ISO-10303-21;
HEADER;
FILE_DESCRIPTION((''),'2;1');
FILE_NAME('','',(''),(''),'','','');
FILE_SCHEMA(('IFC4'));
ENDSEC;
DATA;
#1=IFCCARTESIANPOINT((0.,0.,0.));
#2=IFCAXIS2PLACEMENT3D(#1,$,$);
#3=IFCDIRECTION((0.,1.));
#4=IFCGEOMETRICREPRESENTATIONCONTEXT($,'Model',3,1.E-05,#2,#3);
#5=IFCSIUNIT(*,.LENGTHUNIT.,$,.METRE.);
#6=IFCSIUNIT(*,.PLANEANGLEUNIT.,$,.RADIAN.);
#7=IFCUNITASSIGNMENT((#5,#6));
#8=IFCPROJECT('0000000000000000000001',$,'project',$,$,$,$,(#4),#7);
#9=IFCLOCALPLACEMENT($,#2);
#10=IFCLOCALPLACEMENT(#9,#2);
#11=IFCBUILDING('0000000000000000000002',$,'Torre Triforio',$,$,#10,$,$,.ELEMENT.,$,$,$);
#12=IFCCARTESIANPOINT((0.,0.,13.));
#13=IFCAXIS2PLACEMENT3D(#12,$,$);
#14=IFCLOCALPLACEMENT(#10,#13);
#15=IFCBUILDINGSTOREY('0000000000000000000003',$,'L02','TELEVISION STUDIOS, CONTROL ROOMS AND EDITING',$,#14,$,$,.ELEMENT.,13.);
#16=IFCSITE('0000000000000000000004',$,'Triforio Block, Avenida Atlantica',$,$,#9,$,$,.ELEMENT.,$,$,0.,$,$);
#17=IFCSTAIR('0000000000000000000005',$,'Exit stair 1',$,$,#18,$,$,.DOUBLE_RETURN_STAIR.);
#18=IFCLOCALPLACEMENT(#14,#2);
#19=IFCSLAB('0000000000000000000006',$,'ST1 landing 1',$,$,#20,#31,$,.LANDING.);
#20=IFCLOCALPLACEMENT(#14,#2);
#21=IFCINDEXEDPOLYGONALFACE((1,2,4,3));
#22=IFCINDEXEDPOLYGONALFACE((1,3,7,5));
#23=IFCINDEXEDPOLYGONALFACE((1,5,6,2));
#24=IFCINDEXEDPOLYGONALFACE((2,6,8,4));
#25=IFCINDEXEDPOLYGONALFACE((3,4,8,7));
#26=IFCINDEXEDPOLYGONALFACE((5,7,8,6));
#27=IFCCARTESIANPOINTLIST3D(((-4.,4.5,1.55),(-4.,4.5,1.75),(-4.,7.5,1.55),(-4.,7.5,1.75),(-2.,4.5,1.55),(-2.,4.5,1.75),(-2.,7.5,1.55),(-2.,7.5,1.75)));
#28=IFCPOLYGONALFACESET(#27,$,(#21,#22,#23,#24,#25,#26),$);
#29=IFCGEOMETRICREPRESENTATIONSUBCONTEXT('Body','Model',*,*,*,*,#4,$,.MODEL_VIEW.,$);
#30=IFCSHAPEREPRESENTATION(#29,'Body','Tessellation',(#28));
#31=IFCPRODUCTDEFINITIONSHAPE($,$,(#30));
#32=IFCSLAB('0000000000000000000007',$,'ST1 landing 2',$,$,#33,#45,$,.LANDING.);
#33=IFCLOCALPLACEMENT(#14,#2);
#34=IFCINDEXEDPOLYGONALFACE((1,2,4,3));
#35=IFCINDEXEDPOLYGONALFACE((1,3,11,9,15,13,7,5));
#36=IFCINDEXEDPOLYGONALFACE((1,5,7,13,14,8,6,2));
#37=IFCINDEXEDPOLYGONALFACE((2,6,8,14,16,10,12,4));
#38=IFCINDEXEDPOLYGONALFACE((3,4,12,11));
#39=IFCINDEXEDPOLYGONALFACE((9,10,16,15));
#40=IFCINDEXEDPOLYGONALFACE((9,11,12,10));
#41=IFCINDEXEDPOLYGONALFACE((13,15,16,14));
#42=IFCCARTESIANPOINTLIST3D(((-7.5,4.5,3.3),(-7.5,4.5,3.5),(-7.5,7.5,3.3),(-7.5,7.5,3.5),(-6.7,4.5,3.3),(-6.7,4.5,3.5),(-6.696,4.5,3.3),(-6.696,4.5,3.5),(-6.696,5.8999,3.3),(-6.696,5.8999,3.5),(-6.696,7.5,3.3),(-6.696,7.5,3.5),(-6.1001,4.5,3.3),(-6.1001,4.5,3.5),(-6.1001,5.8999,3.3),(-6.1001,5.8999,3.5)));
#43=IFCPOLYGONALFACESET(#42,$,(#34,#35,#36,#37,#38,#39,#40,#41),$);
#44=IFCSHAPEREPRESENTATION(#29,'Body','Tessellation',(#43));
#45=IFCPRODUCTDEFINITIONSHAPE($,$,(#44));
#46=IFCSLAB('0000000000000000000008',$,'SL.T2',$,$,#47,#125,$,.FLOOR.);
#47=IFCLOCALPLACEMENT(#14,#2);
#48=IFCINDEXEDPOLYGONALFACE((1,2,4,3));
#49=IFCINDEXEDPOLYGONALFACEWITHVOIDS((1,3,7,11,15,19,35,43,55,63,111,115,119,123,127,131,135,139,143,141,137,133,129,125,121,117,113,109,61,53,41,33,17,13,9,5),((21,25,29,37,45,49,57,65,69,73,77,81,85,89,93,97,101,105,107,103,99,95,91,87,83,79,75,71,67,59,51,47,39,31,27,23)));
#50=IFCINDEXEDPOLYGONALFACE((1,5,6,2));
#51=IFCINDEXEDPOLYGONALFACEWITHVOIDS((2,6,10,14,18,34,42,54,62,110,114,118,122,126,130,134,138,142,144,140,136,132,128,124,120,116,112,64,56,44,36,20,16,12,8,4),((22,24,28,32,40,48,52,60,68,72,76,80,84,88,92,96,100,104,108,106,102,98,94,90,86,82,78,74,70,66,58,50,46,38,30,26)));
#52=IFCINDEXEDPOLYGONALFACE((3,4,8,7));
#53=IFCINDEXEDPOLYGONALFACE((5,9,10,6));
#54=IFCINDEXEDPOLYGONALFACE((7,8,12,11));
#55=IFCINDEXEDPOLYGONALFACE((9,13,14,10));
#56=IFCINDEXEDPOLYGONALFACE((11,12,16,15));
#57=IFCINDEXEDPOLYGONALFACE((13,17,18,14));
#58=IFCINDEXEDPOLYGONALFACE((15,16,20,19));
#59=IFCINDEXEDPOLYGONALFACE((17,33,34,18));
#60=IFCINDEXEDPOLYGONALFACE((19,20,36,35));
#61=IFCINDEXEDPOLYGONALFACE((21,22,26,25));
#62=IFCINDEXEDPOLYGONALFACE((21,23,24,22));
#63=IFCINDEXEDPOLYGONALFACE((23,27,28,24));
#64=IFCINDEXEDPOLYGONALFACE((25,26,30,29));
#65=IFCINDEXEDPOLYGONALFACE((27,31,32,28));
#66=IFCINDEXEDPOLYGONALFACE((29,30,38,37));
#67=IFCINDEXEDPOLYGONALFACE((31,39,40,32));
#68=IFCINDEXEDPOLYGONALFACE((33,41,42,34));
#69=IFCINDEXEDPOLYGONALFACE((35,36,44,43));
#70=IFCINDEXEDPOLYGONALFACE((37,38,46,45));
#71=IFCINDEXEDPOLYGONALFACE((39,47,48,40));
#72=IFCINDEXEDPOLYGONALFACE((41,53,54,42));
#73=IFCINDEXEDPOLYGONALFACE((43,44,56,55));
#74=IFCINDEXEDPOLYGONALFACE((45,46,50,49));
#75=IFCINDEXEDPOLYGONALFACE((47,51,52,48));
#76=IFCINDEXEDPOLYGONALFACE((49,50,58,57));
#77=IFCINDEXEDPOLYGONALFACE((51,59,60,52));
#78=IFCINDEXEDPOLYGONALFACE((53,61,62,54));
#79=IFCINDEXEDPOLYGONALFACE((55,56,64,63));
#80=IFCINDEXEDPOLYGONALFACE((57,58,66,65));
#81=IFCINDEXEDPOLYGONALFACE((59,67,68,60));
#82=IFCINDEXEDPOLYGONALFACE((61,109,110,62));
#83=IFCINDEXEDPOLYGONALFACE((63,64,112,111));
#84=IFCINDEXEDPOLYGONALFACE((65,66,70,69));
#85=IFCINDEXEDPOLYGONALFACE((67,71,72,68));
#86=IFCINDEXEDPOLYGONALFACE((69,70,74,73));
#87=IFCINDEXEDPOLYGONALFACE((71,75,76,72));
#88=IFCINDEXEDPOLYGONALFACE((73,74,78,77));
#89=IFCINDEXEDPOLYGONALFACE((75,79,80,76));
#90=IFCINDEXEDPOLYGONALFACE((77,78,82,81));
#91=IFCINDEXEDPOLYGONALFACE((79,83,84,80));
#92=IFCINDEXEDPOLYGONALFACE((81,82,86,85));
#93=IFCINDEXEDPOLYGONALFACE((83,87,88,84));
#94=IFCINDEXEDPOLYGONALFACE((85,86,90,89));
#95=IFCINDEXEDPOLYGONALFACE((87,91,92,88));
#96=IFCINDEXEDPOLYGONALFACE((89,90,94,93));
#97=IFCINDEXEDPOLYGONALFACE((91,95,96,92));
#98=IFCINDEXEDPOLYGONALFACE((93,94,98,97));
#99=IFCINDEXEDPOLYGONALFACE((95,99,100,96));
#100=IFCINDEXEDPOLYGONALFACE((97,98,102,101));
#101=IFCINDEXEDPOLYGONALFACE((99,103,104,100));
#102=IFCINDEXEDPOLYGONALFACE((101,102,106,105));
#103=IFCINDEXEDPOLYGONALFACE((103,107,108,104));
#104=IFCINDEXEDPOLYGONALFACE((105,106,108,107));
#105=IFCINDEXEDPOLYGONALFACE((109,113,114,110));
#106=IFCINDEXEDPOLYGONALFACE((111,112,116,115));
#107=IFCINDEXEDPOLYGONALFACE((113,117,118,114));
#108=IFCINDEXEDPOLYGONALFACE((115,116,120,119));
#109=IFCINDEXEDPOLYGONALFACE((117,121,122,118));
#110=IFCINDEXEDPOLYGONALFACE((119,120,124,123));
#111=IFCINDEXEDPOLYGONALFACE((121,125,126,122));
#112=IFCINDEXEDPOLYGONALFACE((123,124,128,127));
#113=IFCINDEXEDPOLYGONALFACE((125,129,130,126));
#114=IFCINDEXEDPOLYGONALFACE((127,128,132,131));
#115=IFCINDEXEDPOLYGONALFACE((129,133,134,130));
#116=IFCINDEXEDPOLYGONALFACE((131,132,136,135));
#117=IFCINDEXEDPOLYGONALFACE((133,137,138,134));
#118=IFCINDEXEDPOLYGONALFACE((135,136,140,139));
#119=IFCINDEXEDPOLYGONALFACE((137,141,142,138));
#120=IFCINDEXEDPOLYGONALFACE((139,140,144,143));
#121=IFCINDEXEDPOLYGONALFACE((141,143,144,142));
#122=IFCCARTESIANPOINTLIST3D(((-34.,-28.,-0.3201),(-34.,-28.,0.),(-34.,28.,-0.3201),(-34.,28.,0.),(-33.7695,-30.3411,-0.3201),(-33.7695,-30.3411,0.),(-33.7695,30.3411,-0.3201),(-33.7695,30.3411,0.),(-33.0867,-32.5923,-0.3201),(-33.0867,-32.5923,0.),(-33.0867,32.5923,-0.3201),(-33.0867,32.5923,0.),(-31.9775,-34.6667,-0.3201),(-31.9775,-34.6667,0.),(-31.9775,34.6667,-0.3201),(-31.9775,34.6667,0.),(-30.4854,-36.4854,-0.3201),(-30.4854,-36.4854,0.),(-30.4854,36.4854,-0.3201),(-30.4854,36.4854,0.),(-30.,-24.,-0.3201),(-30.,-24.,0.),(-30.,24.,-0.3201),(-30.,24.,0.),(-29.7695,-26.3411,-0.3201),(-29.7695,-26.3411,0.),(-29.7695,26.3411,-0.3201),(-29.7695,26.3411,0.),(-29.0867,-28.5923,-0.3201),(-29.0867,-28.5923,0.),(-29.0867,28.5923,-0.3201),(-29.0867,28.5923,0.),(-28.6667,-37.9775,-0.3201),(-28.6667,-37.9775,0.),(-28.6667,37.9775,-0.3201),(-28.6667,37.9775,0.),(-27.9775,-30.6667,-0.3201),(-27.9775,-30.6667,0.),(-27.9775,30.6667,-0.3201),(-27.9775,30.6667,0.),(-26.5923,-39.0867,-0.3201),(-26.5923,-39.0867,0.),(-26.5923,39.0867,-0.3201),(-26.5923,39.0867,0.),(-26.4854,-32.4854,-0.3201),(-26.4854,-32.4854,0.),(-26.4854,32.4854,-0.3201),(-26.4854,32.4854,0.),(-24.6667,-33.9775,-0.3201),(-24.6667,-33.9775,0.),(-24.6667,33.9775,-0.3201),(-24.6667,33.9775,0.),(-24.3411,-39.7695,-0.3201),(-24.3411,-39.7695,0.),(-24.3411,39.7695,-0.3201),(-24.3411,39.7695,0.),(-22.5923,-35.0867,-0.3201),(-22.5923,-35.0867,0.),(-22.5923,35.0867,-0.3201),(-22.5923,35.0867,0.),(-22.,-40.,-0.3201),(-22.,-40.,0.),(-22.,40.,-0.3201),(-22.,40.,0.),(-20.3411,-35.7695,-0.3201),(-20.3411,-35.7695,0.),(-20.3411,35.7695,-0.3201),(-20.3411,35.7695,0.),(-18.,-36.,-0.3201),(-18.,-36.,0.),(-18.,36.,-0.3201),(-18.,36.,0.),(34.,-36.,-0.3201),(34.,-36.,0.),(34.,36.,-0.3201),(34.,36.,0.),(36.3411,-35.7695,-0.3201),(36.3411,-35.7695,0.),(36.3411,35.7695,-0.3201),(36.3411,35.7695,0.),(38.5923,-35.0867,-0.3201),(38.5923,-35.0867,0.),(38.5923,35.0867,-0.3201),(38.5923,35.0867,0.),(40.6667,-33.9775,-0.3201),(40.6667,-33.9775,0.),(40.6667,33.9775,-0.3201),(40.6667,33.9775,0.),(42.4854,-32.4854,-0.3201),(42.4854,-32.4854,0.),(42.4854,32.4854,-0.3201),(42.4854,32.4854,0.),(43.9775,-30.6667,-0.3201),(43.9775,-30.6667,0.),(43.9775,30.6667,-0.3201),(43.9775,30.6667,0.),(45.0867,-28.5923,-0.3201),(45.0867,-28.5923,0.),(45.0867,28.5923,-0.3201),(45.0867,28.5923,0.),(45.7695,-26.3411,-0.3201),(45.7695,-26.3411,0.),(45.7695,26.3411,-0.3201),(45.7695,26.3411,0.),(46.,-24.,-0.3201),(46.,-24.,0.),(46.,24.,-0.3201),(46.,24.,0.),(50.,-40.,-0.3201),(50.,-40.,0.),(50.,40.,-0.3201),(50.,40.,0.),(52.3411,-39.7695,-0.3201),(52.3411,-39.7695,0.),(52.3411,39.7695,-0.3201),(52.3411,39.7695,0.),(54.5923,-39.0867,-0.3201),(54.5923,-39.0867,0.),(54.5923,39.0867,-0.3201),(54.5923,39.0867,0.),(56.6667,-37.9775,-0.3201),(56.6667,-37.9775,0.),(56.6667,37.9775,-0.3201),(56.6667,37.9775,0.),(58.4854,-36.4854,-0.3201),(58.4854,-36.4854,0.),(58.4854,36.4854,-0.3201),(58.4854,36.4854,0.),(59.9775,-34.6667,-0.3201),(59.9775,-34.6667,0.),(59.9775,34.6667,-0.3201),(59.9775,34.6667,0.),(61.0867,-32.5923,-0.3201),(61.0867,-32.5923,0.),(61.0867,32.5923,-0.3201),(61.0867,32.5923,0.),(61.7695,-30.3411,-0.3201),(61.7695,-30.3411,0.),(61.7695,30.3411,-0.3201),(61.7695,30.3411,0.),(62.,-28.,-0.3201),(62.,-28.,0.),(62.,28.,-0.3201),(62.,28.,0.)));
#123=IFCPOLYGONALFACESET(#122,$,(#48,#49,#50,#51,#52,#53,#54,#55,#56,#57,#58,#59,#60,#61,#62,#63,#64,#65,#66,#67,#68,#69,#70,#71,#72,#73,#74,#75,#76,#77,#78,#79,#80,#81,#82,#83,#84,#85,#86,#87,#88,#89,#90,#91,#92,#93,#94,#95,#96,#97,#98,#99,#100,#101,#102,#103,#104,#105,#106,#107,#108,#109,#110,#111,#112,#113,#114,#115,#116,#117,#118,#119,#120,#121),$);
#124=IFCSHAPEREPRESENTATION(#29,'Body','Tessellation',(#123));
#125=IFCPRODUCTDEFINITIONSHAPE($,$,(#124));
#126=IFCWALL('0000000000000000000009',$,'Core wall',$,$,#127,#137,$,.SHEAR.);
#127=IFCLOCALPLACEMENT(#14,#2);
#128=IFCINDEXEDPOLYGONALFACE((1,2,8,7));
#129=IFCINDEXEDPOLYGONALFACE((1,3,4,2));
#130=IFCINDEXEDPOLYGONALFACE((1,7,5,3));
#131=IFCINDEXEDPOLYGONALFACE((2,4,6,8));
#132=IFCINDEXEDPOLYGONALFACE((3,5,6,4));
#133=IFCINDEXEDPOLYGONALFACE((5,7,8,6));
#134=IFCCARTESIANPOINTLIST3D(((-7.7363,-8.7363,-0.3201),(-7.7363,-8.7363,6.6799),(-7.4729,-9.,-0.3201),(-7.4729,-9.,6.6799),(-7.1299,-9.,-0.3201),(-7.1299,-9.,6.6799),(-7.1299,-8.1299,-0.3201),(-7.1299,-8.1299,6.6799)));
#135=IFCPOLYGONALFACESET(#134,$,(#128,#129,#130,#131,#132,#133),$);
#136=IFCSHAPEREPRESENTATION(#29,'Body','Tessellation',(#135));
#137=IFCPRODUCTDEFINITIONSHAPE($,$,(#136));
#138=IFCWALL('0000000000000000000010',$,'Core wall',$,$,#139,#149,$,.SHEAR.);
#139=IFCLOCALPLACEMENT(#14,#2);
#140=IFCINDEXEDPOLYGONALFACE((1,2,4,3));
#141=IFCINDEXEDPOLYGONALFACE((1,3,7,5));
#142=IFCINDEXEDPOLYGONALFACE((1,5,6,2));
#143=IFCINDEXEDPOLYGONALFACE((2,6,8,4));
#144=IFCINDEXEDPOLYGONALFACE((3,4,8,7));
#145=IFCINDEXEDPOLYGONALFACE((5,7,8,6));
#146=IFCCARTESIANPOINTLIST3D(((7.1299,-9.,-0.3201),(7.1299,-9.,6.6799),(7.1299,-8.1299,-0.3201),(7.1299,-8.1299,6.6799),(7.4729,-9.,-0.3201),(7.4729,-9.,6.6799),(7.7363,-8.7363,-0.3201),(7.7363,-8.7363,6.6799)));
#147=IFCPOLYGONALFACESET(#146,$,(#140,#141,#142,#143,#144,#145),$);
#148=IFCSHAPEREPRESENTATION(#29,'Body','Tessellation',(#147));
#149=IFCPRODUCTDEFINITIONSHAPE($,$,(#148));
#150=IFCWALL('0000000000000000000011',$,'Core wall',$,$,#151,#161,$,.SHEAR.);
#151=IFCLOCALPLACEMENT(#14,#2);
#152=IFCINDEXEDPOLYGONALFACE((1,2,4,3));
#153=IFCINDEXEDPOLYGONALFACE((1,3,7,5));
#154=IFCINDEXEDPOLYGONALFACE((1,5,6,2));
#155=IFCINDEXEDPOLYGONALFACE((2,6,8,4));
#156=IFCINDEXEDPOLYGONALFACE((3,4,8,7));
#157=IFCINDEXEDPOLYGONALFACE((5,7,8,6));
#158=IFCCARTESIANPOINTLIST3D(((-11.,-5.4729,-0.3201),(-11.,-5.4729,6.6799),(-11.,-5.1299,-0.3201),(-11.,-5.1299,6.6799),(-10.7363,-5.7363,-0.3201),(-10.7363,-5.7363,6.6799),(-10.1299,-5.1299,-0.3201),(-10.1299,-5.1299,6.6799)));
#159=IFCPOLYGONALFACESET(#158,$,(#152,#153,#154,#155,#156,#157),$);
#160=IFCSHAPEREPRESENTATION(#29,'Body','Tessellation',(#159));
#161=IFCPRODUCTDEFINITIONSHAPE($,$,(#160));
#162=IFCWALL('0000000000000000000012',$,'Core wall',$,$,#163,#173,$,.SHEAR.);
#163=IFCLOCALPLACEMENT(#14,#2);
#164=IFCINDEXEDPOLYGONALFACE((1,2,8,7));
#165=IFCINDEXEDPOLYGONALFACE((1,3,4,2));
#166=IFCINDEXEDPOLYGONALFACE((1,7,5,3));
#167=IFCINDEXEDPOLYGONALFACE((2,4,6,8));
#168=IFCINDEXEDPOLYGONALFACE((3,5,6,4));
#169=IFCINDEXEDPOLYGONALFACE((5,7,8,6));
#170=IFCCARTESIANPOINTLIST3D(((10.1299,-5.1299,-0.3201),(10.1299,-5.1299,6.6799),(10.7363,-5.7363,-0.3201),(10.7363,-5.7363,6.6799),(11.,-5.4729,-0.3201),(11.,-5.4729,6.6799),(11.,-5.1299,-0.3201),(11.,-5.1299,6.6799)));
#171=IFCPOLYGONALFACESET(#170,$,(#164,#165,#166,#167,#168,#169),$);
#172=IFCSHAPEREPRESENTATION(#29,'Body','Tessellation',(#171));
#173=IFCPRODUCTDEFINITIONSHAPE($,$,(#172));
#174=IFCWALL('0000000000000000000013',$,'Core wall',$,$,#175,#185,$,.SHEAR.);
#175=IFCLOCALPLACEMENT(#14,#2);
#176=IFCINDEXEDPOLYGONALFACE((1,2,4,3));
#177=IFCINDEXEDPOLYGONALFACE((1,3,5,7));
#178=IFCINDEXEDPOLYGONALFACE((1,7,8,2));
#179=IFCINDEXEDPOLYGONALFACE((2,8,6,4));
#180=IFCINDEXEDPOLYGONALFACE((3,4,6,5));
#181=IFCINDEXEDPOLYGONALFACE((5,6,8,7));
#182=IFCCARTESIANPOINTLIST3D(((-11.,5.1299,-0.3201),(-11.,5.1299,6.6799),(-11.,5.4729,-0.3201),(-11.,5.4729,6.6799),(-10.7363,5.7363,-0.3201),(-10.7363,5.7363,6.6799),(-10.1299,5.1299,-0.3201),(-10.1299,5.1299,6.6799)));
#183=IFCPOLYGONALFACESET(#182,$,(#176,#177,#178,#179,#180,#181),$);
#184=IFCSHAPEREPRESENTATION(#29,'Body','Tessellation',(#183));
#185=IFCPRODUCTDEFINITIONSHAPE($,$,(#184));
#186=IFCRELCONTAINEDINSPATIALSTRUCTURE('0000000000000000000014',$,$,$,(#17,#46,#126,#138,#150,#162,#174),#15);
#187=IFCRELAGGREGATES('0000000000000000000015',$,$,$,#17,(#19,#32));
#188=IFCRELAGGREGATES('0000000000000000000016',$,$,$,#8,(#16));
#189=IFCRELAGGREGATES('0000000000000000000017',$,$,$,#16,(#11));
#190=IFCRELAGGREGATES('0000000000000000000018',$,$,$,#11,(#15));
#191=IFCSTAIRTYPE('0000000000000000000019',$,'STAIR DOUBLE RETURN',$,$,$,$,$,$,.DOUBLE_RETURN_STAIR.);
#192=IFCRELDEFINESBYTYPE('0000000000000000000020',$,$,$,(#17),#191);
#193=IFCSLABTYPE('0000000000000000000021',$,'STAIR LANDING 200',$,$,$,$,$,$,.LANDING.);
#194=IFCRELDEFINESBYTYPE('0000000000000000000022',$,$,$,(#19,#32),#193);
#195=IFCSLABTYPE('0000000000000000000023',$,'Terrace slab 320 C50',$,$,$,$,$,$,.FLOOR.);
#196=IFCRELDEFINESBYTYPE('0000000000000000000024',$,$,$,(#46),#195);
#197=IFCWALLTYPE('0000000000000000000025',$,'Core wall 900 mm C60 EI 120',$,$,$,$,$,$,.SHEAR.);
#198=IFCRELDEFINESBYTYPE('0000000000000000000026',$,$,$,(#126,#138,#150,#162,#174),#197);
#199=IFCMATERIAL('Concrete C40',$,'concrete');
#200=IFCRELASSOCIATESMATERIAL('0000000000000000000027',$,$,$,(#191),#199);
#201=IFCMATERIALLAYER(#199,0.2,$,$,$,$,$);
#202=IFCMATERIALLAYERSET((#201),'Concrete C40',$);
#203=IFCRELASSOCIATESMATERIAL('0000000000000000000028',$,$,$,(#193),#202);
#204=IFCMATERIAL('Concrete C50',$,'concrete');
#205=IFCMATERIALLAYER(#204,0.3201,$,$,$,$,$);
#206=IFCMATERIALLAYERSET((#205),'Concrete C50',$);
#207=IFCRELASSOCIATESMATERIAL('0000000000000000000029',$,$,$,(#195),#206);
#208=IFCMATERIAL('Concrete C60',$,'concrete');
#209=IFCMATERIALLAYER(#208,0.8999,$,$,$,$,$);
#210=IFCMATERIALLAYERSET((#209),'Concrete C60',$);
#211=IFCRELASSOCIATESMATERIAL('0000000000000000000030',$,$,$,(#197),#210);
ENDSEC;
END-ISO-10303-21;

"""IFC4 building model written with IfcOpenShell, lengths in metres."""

from ifc_helpers import new_model, si_unit, direction, frame, origin, place, context, subcontext, project, spatial, polyline, outline, extrude, material, layer, layer_set, type_object, element, aggregate, save


model = new_model("IFC4")

# Units and contexts
model_context = context("Model", 3, precision=1e-05, world=origin(), true_north=direction((0.0, 1.0)))
body_context = subcontext(model_context, "Body", "Model", "MODEL_VIEW")
ifc_project = project(units=[si_unit("LENGTHUNIT", "METRE"), si_unit("PLANEANGLEUNIT", "RADIAN")], contexts=[model_context])

# Site, building, storey
site_placement = place(None, origin())
site = spatial("IfcSite", under=ifc_project, at=site_placement, Name="Triforio Block, Avenida Atlantica", CompositionType="ELEMENT", RefElevation=0.0)
building_placement = place(site_placement, origin())
building = spatial("IfcBuilding", under=site, at=building_placement, Name="Torre Triforio", CompositionType="ELEMENT")
storey_placement = place(building_placement, frame((0.0, 0.0, 13.0)))
storey = spatial("IfcBuildingStorey", under=building, at=storey_placement, Name="L02", Description="TELEVISION STUDIOS, CONTROL ROOMS AND EDITING", CompositionType="ELEMENT", Elevation=13.0)

# Shared definitions
ifc_material_1 = material(Name="Concrete C60", Category="concrete")
ifc_material_2 = material(Name="Concrete C50", Category="concrete")

# Stair, slabs
ifc_material_3 = material(Name="Concrete C40", Category="concrete")
stair_type = type_object("IfcStairType", Name="STAIR DOUBLE RETURN", PredefinedType="DOUBLE_RETURN_STAIR", material=ifc_material_3)
stair_placement = place(storey_placement, origin())
stair = element("IfcStair", 1, at=stair_placement, inside=storey, type_object=stair_type, Name="Exit stair 1", PredefinedType="DOUBLE_RETURN_STAIR")
ifc_layer_1 = layer(ifc_material_3, 0.2)
ifc_layer_set_1 = layer_set([ifc_layer_1], Name="Concrete C40")
slab_type_1 = type_object("IfcSlabType", Name="STAIR LANDING 200", PredefinedType="LANDING", material=ifc_layer_set_1)
slab_1_placement = place(storey_placement, frame((0.0, 0.0, 1.55)))
slab_1 = element("IfcSlab", 2, at=slab_1_placement, type_object=slab_type_1, Name="ST1 landing 1", PredefinedType="LANDING", context=body_context, shape_type="SweptSolid", body=[
    extrude(outline(polyline([(-2.0, 4.5), (-2.0, 7.5), (-4.0, 7.5), (-4.0, 4.5), (-2.0, 4.5)])), origin(), (0.0, 0.0, 1.0), 0.2),
])
slab_2_placement = place(storey_placement, frame((0.0, 0.0, 3.3)))
slab_2 = element("IfcSlab", 3, at=slab_2_placement, type_object=slab_type_1, Name="ST1 landing 2", PredefinedType="LANDING", context=body_context, shape_type="SweptSolid", body=[
    extrude(outline(polyline([(-6.1001, 5.8999), (-6.1001, 4.5), (-6.696, 4.5), (-6.7, 4.5), (-7.5, 4.5), (-7.5, 7.5), (-6.696, 7.5), (-6.696, 5.8999), (-6.1001, 5.8999)])), origin(), (0.0, 0.0, 1.0), 0.2),
])
aggregate(stair, [slab_1, slab_2])

# Slab
ifc_layer_2 = layer(ifc_material_2, 0.3201)
ifc_layer_set_2 = layer_set([ifc_layer_2], Name="Concrete C50")
slab_type_2 = type_object("IfcSlabType", Name="Terrace slab 320 C50", PredefinedType="FLOOR", material=ifc_layer_set_2)
slab_3_placement = place(storey_placement, frame((0.0, 0.0, -0.3201)))
element("IfcSlab", 4, at=slab_3_placement, inside=storey, type_object=slab_type_2, Name="SL.T2", PredefinedType="FLOOR", context=body_context, shape_type="SweptSolid", body=[
    extrude(outline(polyline([(-24.3411, -39.7695), (-22.0, -40.0), (50.0, -40.0), (52.3411, -39.7695), (54.5923, -39.0867), (56.6667, -37.9775), (58.4854, -36.4854), (59.9775, -34.6667), (61.0867, -32.5923), (61.7695, -30.3411), (62.0, -28.0), (62.0, 28.0), (61.7695, 30.3411), (61.0867, 32.5923), (59.9775, 34.6667), (58.4854, 36.4854), (56.6667, 37.9775), (54.5923, 39.0867), (52.3411, 39.7695), (50.0, 40.0), (-22.0, 40.0), (-24.3411, 39.7695), (-26.5923, 39.0867), (-28.6667, 37.9775), (-30.4854, 36.4854), (-31.9775, 34.6667), (-33.0867, 32.5923), (-33.7695, 30.3411), (-34.0, 28.0), (-34.0, -28.0), (-33.7695, -30.3411), (-33.0867, -32.5923), (-31.9775, -34.6667), (-30.4854, -36.4854), (-28.6667, -37.9775), (-26.5923, -39.0867), (-24.3411, -39.7695)]), holes=[polyline([(38.5923, -35.0867), (36.3411, -35.7695), (34.0, -36.0), (-18.0, -36.0), (-20.3411, -35.7695), (-22.5923, -35.0867), (-24.6667, -33.9775), (-26.4854, -32.4854), (-27.9775, -30.6667), (-29.0867, -28.5923), (-29.7695, -26.3411), (-30.0, -24.0), (-30.0, 24.0), (-29.7695, 26.3411), (-29.0867, 28.5923), (-27.9775, 30.6667), (-26.4854, 32.4854), (-24.6667, 33.9775), (-22.5923, 35.0867), (-20.3411, 35.7695), (-18.0, 36.0), (34.0, 36.0), (36.3411, 35.7695), (38.5923, 35.0867), (40.6667, 33.9775), (42.4854, 32.4854), (43.9775, 30.6667), (45.0867, 28.5923), (45.7695, 26.3411), (46.0, 24.0), (46.0, -24.0), (45.7695, -26.3411), (45.0867, -28.5923), (43.9775, -30.6667), (42.4854, -32.4854), (40.6667, -33.9775), (38.5923, -35.0867)])]), origin(), (0.0, 0.0, 1.0), 0.3201),
])

# Walls
ifc_layer_3 = layer(ifc_material_1, 0.8999)
ifc_layer_set_3 = layer_set([ifc_layer_3], Name="Concrete C60")
wall_type_1 = type_object("IfcWallType", Name="Core wall 900 mm C60 EI 120", PredefinedType="SHEAR", material=ifc_layer_set_3)
wall_1_placement = place(storey_placement, frame((0.0, 0.0, -0.3201)))
element("IfcWall", 5, at=wall_1_placement, inside=storey, type_object=wall_type_1, Name="Core wall", PredefinedType="SHEAR", context=body_context, shape_type="SweptSolid", body=[
    extrude(outline(polyline([(-7.4729, -9.0), (-7.7363, -8.7363), (-7.1299, -8.1299), (-7.1299, -9.0), (-7.4729, -9.0)])), origin(), (0.0, 0.0, 1.0), 7.0),
])
wall_2_placement = place(storey_placement, frame((0.0, 0.0, -0.3201)))
element("IfcWall", 6, at=wall_2_placement, inside=storey, type_object=wall_type_1, Name="Core wall", PredefinedType="SHEAR", context=body_context, shape_type="SweptSolid", body=[
    extrude(outline(polyline([(7.4729, -9.0), (7.1299, -9.0), (7.1299, -8.1299), (7.7363, -8.7363), (7.4729, -9.0)])), origin(), (0.0, 0.0, 1.0), 7.0),
])
wall_3_placement = place(storey_placement, frame((0.0, 0.0, -0.3201)))
element("IfcWall", 7, at=wall_3_placement, inside=storey, type_object=wall_type_1, Name="Core wall", PredefinedType="SHEAR", context=body_context, shape_type="SweptSolid", body=[
    extrude(outline(polyline([(-11.0, -5.4729), (-11.0, -5.1299), (-10.1299, -5.1299), (-10.7363, -5.7363), (-11.0, -5.4729)])), origin(), (0.0, 0.0, 1.0), 7.0),
])
wall_4_placement = place(storey_placement, frame((0.0, 0.0, -0.3201)))
element("IfcWall", 8, at=wall_4_placement, inside=storey, type_object=wall_type_1, Name="Core wall", PredefinedType="SHEAR", context=body_context, shape_type="SweptSolid", body=[
    extrude(outline(polyline([(11.0, -5.4729), (10.7363, -5.7363), (10.1299, -5.1299), (11.0, -5.1299), (11.0, -5.4729)])), origin(), (0.0, 0.0, 1.0), 7.0),
])
wall_5_placement = place(storey_placement, frame((0.0, 0.0, -0.3201)))
element("IfcWall", 9, at=wall_5_placement, inside=storey, type_object=wall_type_1, Name="Core wall", PredefinedType="SHEAR", context=body_context, shape_type="SweptSolid", body=[
    extrude(outline(polyline([(-10.7363, 5.7363), (-10.1299, 5.1299), (-11.0, 5.1299), (-11.0, 5.4729), (-10.7363, 5.7363)])), origin(), (0.0, 0.0, 1.0), 7.0),
])

save(model, "model.ifc")
